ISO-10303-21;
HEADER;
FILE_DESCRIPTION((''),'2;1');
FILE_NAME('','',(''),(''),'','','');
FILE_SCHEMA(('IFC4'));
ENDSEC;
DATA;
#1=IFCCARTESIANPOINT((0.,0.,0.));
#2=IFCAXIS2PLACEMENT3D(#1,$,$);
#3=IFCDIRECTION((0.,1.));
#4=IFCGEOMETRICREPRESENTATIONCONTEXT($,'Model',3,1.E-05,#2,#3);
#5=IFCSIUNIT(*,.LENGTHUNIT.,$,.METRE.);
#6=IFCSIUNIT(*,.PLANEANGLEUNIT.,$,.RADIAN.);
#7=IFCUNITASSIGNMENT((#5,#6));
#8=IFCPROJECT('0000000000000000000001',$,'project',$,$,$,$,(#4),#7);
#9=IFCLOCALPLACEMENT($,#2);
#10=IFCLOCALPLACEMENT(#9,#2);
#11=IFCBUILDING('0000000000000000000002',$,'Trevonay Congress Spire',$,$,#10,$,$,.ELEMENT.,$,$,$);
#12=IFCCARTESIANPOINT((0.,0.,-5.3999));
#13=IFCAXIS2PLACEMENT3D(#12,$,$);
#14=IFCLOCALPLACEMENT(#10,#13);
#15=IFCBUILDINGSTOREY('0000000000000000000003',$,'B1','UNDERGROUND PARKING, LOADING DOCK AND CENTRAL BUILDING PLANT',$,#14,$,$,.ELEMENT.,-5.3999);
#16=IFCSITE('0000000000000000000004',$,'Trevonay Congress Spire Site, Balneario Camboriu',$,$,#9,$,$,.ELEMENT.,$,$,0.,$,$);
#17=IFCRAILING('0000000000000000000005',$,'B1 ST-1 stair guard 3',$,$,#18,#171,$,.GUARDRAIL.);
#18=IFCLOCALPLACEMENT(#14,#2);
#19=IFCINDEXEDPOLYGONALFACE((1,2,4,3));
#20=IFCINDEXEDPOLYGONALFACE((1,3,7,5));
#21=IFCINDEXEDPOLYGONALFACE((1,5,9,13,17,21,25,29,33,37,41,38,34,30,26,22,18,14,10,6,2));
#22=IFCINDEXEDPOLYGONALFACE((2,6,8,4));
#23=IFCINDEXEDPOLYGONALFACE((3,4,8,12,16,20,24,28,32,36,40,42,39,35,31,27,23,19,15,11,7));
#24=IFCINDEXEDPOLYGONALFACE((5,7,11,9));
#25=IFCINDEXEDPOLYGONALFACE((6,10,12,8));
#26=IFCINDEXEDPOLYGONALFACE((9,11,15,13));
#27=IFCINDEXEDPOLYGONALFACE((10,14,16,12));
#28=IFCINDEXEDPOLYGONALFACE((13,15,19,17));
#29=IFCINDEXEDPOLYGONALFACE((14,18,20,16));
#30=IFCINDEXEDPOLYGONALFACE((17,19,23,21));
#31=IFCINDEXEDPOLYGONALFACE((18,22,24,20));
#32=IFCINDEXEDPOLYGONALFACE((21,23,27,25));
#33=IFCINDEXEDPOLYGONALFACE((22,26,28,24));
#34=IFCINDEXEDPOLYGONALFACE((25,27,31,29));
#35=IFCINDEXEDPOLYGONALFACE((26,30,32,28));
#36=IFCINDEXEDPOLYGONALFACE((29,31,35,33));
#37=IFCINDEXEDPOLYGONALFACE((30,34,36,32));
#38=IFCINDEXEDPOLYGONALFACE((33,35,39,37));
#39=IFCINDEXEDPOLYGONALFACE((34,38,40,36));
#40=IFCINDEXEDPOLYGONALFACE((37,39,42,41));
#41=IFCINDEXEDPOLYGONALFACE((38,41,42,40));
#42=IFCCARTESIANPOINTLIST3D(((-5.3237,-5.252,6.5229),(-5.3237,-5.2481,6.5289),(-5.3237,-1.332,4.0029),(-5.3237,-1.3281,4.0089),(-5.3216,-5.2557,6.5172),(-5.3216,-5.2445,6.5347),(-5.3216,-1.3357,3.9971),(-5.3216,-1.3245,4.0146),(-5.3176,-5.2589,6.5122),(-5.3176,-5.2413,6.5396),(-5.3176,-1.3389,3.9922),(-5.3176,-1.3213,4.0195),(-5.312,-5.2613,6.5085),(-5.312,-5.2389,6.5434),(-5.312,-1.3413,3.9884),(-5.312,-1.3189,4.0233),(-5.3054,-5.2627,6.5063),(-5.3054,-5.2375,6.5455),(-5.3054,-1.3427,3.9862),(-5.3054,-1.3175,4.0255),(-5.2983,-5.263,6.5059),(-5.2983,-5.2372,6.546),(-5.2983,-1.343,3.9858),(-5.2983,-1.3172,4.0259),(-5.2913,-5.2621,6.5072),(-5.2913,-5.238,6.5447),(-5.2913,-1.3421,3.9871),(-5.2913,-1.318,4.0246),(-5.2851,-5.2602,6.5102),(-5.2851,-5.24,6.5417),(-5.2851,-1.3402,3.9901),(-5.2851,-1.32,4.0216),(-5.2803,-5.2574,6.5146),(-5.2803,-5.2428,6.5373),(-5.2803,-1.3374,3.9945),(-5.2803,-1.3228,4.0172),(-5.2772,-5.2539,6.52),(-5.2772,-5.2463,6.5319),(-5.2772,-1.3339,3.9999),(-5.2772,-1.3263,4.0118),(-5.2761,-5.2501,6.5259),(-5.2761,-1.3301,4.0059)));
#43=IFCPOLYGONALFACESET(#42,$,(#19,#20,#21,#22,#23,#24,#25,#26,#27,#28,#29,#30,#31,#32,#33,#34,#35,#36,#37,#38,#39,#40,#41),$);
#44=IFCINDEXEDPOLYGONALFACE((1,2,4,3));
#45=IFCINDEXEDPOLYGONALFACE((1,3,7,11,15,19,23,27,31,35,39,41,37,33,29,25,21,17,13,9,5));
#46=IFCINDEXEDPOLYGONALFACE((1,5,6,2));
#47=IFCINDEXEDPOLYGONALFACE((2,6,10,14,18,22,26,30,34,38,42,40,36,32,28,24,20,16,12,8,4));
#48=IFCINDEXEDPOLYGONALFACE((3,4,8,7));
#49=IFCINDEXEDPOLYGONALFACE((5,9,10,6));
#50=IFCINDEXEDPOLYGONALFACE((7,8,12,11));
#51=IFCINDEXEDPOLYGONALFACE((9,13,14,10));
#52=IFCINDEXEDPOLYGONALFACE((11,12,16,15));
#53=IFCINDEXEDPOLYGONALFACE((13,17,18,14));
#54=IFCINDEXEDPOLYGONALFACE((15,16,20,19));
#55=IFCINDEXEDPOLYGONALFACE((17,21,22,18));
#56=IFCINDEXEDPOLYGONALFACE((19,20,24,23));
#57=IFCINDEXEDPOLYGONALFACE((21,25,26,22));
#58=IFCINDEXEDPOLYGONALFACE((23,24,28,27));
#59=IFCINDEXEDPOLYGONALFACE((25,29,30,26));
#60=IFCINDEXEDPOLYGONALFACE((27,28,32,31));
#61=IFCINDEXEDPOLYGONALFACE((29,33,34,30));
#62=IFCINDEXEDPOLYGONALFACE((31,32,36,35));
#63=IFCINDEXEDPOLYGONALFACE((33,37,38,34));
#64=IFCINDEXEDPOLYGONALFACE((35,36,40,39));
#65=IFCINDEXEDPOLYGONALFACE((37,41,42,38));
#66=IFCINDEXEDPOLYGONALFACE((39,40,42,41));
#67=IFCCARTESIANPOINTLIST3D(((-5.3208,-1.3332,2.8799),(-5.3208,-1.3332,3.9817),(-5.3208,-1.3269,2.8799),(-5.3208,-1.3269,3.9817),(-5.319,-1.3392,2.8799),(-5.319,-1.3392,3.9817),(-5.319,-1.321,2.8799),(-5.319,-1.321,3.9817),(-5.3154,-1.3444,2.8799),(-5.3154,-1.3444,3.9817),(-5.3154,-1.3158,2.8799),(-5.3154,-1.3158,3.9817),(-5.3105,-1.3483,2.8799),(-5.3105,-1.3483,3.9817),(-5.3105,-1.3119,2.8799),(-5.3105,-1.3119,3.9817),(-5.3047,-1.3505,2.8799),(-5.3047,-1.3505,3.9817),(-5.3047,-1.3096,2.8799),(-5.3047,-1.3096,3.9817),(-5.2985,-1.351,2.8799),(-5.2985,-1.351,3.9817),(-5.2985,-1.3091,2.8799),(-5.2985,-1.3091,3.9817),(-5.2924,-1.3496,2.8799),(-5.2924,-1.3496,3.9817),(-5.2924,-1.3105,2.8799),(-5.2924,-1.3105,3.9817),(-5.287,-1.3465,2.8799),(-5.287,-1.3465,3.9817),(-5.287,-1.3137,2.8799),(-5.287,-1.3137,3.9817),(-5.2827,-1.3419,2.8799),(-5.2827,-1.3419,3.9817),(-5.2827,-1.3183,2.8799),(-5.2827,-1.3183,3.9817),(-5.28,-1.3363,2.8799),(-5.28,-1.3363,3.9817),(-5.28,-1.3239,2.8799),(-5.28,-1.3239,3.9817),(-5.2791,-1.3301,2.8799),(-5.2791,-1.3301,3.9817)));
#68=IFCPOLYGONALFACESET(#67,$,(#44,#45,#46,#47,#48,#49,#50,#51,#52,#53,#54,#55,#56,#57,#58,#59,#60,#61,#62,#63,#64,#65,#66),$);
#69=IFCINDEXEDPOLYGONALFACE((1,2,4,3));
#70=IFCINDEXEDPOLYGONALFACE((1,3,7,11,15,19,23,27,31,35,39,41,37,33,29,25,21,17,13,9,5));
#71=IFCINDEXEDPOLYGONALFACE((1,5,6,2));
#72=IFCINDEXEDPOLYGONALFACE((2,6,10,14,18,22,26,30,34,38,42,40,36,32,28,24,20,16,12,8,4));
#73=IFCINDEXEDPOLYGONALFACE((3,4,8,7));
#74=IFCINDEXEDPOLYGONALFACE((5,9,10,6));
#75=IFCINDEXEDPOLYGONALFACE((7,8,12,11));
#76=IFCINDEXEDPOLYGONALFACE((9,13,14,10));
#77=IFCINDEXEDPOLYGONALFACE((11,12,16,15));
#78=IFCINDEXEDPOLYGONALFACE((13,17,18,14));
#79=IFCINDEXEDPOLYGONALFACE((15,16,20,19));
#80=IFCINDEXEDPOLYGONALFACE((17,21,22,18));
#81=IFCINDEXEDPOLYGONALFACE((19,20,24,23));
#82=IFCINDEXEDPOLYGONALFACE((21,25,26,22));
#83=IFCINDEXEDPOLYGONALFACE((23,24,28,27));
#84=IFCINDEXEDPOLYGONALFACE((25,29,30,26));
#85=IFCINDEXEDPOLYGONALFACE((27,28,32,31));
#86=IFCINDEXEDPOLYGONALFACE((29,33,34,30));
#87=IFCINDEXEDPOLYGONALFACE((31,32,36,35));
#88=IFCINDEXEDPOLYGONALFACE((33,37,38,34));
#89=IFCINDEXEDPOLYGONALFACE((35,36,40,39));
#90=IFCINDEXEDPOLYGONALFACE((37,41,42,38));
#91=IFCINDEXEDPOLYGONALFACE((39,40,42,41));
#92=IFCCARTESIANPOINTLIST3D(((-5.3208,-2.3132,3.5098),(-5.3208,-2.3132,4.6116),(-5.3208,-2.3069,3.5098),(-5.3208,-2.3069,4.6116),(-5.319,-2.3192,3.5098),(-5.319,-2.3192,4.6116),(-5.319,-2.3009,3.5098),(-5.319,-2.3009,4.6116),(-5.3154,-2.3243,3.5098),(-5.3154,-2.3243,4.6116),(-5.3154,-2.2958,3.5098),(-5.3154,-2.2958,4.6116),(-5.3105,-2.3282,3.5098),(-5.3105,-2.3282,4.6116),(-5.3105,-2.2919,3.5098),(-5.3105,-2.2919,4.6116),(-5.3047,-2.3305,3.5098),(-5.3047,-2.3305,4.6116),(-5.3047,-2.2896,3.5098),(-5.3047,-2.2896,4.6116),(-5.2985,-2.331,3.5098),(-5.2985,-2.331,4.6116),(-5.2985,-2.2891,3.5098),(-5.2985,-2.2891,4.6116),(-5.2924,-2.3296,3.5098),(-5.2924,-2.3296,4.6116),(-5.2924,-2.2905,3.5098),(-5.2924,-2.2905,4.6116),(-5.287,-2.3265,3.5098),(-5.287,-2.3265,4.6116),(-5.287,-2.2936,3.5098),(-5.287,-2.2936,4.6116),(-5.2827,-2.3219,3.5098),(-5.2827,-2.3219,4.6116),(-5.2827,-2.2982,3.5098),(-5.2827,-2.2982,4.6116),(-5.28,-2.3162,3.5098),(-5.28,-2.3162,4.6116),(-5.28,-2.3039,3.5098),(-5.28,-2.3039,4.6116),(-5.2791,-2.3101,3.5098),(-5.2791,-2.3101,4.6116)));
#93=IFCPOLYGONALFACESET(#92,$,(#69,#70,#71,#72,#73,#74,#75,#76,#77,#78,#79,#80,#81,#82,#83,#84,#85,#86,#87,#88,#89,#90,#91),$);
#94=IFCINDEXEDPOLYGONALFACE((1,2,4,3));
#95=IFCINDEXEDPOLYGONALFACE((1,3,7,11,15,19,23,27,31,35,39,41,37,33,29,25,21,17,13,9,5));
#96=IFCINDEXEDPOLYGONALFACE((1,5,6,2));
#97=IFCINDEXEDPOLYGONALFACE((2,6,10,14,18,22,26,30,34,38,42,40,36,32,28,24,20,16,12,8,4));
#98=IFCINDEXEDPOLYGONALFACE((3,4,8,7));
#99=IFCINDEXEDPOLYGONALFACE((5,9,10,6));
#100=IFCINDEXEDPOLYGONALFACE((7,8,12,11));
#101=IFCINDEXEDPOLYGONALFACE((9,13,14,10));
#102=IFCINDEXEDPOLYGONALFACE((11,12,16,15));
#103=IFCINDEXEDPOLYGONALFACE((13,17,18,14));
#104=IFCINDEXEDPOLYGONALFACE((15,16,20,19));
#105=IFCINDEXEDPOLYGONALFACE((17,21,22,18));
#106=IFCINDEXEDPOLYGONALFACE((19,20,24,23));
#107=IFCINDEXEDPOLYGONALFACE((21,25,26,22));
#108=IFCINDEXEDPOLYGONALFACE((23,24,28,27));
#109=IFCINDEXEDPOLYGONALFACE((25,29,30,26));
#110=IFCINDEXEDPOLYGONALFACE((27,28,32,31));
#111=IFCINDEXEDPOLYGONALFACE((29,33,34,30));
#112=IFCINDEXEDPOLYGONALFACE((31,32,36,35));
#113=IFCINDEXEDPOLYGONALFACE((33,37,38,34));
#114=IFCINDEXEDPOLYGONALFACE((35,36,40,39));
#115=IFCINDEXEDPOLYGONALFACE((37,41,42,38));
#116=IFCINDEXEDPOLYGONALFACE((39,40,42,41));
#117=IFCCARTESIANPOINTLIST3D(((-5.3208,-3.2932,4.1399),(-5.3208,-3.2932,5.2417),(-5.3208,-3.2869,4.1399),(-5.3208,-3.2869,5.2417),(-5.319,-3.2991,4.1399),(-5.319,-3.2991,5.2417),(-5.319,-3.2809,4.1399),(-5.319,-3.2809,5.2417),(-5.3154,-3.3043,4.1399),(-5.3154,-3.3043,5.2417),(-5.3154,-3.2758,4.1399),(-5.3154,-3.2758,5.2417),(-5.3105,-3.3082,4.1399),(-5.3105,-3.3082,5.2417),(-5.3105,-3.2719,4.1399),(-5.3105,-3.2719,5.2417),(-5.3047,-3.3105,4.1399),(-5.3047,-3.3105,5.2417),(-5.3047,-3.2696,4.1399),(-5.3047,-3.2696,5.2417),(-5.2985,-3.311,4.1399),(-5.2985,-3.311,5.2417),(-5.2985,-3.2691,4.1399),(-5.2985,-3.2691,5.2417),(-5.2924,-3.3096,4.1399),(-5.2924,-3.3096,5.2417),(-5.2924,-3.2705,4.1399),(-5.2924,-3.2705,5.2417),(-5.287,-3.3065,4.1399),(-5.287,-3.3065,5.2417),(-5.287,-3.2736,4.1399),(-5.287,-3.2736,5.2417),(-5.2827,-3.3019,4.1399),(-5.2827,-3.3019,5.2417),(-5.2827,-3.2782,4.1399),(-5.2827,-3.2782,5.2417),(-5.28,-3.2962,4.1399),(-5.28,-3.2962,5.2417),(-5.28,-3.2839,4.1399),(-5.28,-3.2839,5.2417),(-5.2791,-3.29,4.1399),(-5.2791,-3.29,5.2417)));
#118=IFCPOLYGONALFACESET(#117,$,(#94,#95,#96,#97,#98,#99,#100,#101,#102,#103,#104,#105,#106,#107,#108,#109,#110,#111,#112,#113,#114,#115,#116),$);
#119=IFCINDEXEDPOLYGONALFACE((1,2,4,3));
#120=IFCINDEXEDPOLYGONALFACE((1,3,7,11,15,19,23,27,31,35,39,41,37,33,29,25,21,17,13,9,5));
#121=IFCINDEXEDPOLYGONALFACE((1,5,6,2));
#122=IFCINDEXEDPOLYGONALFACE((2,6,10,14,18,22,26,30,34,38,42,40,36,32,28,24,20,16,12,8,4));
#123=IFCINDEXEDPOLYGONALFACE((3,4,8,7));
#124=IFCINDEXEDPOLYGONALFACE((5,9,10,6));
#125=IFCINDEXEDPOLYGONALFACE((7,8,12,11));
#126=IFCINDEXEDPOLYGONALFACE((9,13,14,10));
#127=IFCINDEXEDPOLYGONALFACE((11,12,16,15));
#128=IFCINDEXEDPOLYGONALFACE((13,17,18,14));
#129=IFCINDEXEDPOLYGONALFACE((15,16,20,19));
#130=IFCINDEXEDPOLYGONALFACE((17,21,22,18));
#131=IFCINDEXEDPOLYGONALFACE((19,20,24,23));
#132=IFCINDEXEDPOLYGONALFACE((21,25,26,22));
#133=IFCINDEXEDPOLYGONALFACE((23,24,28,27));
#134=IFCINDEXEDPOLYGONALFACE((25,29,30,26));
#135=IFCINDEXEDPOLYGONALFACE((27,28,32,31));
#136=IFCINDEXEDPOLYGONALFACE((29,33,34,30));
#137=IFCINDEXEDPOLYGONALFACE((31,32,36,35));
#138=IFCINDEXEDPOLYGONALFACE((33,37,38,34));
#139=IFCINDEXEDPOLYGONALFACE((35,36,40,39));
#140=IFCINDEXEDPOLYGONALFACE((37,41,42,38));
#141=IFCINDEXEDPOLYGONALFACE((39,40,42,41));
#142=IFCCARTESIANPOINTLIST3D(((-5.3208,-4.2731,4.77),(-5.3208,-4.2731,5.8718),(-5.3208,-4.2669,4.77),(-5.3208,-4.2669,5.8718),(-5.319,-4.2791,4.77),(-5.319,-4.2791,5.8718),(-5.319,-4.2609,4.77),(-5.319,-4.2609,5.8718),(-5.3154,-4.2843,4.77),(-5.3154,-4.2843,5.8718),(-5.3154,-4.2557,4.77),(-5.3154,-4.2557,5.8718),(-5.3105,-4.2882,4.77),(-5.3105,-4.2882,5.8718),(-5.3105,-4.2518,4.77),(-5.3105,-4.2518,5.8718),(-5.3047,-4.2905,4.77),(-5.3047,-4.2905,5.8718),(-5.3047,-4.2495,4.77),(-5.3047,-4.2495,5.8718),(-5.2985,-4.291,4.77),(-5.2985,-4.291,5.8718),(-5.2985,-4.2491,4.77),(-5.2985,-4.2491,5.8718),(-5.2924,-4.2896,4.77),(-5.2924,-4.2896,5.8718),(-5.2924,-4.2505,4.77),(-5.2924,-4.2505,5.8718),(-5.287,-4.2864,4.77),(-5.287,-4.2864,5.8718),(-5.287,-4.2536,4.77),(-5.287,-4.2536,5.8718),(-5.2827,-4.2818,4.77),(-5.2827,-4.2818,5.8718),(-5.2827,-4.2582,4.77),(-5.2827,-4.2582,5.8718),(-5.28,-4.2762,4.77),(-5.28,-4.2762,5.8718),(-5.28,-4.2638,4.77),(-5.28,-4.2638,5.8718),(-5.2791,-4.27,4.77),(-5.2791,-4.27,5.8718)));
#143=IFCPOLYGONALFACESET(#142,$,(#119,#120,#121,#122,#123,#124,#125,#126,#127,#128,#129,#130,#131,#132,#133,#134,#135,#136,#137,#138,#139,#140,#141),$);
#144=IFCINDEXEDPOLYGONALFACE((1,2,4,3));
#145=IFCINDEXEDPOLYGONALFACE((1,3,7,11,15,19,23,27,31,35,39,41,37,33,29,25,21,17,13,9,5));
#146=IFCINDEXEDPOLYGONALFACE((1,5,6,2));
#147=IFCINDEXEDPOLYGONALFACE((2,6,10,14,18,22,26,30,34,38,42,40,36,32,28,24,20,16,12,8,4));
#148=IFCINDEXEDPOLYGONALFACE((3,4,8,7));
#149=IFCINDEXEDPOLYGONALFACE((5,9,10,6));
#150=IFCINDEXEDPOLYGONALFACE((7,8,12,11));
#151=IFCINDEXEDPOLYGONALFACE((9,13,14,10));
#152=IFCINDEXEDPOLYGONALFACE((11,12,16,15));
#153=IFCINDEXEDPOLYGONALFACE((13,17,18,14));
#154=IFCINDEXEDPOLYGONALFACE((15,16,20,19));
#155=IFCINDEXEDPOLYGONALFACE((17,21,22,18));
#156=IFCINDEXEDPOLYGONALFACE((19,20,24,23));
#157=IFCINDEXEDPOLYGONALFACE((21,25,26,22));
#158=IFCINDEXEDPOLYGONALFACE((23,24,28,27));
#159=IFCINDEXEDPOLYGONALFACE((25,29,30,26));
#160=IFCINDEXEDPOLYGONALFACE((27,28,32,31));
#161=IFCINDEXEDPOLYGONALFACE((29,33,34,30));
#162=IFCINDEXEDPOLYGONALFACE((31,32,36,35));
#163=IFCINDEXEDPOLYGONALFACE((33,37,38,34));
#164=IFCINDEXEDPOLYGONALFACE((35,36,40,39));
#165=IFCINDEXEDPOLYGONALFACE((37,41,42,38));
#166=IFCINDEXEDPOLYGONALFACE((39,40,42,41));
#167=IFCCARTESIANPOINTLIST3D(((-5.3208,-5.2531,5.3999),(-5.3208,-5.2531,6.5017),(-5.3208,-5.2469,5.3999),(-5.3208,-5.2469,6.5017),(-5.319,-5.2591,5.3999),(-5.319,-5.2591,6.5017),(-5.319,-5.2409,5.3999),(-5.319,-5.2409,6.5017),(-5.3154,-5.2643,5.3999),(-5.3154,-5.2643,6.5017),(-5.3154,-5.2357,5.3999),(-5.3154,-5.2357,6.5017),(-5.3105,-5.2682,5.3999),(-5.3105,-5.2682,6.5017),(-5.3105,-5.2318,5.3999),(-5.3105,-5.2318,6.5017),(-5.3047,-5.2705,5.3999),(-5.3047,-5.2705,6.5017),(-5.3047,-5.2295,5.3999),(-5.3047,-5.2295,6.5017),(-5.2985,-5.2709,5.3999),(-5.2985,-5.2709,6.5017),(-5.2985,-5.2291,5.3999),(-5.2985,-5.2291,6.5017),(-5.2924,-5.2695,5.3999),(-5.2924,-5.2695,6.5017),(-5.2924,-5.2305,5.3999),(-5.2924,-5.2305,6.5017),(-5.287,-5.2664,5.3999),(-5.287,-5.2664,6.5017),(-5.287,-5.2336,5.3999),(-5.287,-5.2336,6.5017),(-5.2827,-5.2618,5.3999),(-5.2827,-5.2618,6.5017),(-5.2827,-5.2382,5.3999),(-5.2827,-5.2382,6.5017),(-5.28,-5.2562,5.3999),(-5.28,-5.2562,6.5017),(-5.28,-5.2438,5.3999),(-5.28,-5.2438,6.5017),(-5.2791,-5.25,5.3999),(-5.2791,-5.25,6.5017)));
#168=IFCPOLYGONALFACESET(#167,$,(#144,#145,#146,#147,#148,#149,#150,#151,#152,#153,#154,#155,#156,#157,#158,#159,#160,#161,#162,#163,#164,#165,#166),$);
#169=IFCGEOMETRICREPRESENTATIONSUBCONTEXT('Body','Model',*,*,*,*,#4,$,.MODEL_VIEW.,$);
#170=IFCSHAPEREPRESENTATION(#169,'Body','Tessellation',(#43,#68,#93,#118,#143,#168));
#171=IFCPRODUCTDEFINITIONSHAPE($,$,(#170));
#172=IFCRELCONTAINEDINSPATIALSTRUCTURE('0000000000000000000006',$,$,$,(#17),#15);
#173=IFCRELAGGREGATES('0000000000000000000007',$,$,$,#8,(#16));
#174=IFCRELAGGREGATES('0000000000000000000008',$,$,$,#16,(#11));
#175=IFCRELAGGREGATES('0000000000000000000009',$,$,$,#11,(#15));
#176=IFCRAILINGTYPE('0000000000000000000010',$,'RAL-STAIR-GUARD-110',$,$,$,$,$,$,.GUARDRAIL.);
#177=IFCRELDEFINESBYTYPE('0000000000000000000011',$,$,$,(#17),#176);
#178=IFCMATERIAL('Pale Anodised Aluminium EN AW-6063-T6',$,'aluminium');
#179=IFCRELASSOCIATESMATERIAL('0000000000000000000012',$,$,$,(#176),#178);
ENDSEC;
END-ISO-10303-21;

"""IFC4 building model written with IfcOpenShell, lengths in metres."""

from ifc_helpers import new_model, si_unit, direction, frame, origin, origin_2d, place, context, subcontext, project, spatial, circle, extrude, material, type_object, element, save


model = new_model("IFC4")

# Units and contexts
model_context = context("Model", 3, precision=1e-05, world=origin(), true_north=direction((0.0, 1.0)))
body_context = subcontext(model_context, "Body", "Model", "MODEL_VIEW")
ifc_project = project(units=[si_unit("LENGTHUNIT", "METRE"), si_unit("PLANEANGLEUNIT", "RADIAN")], contexts=[model_context])

# Site, building, storey
site_placement = place(None, origin())
site = spatial("IfcSite", under=ifc_project, at=site_placement, Name="Trevonay Congress Spire Site, Balneario Camboriu", CompositionType="ELEMENT", RefElevation=0.0)
building_placement = place(site_placement, origin())
building = spatial("IfcBuilding", under=site, at=building_placement, Name="Trevonay Congress Spire", CompositionType="ELEMENT")
storey_placement = place(building_placement, frame((0.0, 0.0, -5.3999)))
storey = spatial("IfcBuildingStorey", under=building, at=storey_placement, Name="B1", Description="UNDERGROUND PARKING, LOADING DOCK AND CENTRAL BUILDING PLANT", CompositionType="ELEMENT", Elevation=-5.3999)

# Railing
ifc_material_1 = material(Name="Pale Anodised Aluminium EN AW-6063-T6", Category="aluminium")
railing_type_1 = type_object("IfcRailingType", Name="RAL-STAIR-GUARD-110", PredefinedType="GUARDRAIL", material=ifc_material_1)
railing_1_placement = place(storey_placement, frame((-5.3, -1.3301, 2.8799)))
element("IfcRailing", 1, at=railing_1_placement, inside=storey, type_object=railing_type_1, Name="B1 ST-1 stair guard 3", PredefinedType="GUARDRAIL", context=body_context, shape_type="SweptSolid", body=[
    extrude(circle(Radius=0.0239, at=origin_2d()), frame((0.0, 0.0, 1.126), z_axis=(0.0, -0.841172, 0.540768), x_axis=(1.0, 0.0, 0.0)), (0.0, 0.0, 1.0), 4.6602),
    extrude(circle(Radius=0.021, at=origin_2d()), origin(), (0.0, 0.0, 1.0), 1.1018),
    extrude(circle(Radius=0.021, at=origin_2d()), frame((0.0, -0.98, 0.6299)), (0.0, 0.0, 1.0), 1.1018),
    extrude(circle(Radius=0.021, at=origin_2d()), frame((0.0, -1.96, 1.26)), (0.0, 0.0, 1.0), 1.1018),
    extrude(circle(Radius=0.021, at=origin_2d()), frame((0.0, -2.9399, 1.8901)), (0.0, 0.0, 1.0), 1.1018),
    extrude(circle(Radius=0.021, at=origin_2d()), frame((0.0, -3.9199, 2.52)), (0.0, 0.0, 1.0), 1.1018),
])

save(model, "model.ifc")
